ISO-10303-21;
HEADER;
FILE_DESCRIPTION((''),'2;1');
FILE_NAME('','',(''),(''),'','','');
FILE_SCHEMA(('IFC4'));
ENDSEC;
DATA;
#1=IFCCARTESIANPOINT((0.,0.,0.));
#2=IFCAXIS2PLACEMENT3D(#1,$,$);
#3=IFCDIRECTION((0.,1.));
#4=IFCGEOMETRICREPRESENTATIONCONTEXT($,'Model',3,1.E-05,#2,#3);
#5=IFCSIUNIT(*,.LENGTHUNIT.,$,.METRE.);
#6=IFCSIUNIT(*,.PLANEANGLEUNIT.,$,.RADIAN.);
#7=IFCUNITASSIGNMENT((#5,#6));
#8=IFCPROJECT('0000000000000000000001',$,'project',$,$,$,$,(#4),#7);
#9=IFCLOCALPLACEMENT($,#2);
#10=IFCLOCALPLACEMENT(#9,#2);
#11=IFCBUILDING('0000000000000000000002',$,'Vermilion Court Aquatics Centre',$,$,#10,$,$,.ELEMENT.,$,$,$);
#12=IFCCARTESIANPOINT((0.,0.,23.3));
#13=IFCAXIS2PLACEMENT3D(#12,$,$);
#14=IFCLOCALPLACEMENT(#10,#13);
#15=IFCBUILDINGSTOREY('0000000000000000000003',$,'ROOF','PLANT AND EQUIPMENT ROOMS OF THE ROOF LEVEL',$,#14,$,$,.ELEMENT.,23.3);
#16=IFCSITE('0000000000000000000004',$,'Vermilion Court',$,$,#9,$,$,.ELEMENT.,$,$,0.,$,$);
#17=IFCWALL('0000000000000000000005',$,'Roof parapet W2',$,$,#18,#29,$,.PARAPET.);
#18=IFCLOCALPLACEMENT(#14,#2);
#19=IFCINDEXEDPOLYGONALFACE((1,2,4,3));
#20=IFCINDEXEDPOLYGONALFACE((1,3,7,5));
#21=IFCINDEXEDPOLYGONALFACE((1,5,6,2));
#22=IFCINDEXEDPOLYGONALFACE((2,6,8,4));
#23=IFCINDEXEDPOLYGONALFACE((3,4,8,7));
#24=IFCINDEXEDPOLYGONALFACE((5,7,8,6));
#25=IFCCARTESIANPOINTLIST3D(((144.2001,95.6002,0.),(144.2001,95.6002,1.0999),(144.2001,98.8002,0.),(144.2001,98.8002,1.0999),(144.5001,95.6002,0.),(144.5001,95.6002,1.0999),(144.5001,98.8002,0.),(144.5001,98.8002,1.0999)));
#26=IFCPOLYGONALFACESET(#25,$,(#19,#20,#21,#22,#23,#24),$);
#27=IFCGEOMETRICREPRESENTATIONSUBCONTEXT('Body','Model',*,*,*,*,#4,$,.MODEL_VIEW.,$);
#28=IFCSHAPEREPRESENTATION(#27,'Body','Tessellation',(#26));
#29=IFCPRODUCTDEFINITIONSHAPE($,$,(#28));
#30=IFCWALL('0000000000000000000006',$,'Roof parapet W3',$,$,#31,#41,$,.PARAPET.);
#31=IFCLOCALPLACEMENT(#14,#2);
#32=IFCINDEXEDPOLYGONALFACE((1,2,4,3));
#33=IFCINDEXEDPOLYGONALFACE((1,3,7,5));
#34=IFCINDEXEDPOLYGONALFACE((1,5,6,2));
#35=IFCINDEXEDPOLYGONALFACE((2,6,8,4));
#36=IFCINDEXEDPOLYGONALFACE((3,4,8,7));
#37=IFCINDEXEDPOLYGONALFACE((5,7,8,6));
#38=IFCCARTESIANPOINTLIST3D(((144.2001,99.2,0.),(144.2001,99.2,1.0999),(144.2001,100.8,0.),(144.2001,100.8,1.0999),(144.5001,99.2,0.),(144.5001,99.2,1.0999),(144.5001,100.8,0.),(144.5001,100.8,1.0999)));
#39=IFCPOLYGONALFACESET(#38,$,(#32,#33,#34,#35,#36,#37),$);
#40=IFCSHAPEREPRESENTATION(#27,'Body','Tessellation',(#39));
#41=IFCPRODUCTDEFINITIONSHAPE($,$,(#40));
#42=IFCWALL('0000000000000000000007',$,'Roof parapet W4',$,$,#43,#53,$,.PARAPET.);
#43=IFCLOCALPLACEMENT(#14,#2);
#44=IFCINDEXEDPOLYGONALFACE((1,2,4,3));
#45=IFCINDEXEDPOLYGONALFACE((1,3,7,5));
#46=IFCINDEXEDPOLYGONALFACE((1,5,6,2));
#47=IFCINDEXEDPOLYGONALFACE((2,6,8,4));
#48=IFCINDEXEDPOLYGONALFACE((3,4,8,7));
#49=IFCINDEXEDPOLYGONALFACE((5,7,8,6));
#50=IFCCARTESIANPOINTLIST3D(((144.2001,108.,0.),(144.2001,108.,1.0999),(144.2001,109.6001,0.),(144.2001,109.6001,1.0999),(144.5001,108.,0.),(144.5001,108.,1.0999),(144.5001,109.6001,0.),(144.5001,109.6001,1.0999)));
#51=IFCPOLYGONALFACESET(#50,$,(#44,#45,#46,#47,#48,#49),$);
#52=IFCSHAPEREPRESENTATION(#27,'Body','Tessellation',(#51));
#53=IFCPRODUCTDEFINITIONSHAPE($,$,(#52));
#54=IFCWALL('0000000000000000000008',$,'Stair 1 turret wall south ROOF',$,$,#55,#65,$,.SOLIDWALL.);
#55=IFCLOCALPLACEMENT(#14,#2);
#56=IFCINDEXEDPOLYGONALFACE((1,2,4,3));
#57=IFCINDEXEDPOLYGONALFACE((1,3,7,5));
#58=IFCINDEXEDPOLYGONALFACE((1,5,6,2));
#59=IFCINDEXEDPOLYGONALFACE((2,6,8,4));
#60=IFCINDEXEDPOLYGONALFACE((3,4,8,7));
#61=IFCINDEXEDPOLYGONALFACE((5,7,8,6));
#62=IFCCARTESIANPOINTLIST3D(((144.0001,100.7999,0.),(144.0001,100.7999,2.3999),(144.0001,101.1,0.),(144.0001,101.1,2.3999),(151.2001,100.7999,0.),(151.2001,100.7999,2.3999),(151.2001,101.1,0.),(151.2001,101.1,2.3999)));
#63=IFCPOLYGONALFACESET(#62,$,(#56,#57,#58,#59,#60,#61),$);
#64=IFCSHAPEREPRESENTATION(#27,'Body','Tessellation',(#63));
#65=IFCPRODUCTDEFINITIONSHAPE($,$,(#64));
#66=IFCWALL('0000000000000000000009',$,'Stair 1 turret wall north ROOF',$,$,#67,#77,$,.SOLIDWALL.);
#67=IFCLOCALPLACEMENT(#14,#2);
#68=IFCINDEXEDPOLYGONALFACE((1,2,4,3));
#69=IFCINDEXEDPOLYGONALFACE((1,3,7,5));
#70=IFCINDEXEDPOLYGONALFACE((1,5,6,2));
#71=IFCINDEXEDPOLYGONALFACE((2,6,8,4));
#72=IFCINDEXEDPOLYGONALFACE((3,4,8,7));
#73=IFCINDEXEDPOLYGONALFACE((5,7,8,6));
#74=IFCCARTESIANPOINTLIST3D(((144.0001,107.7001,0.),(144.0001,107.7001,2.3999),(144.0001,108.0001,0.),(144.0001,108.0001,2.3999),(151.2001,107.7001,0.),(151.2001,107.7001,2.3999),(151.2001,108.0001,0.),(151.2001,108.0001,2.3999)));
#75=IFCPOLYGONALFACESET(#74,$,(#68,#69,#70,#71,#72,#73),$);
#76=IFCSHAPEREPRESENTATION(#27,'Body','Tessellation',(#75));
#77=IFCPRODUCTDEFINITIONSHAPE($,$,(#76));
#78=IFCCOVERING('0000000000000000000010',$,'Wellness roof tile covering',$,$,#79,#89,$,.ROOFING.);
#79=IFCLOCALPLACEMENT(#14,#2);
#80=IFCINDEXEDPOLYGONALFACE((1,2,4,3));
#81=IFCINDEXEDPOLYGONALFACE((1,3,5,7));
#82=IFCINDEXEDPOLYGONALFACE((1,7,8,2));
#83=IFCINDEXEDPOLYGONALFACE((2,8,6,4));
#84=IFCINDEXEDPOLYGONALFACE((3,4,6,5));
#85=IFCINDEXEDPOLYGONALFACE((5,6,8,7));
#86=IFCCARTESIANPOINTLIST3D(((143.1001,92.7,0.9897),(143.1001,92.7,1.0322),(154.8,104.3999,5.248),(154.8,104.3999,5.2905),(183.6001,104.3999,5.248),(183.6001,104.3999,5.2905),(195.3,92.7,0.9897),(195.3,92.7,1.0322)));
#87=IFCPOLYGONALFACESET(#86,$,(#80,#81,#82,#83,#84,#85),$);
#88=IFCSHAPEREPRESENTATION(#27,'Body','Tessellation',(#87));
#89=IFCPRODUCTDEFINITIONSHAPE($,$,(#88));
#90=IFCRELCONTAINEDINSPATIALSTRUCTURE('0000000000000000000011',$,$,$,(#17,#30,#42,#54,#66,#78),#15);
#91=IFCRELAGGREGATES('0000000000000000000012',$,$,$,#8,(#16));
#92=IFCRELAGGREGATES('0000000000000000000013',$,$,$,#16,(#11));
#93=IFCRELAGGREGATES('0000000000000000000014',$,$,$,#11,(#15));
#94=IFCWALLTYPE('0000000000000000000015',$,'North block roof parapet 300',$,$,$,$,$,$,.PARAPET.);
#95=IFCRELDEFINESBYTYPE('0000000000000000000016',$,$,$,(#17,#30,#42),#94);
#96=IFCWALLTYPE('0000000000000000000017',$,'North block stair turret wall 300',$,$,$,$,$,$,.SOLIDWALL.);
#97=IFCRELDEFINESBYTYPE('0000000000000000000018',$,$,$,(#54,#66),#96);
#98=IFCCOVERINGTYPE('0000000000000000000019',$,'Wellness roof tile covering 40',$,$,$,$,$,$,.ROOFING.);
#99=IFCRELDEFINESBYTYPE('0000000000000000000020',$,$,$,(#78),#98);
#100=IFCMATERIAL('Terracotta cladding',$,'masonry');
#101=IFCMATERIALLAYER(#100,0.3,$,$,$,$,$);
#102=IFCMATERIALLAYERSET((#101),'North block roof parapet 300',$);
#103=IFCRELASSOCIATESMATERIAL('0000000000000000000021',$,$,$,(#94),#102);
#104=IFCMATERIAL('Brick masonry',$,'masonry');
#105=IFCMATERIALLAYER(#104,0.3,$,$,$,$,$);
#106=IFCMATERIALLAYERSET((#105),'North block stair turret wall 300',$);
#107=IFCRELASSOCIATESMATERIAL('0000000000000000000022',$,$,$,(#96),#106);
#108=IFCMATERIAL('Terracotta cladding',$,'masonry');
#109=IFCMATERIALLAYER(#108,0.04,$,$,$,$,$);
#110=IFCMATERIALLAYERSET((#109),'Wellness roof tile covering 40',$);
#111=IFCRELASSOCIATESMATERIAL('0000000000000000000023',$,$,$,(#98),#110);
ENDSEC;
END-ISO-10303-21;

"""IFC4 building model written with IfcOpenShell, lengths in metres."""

from ifc_helpers import new_model, si_unit, direction, frame, frame_2d, origin, place, context, subcontext, project, spatial, polyline, rectangle, outline, extrude, material, layer, layer_set, type_object, element, save


model = new_model("IFC4")

# Units and contexts
model_context = context("Model", 3, precision=1e-05, world=origin(), true_north=direction((0.0, 1.0)))
body_context = subcontext(model_context, "Body", "Model", "MODEL_VIEW")
ifc_project = project(units=[si_unit("LENGTHUNIT", "METRE"), si_unit("PLANEANGLEUNIT", "RADIAN")], contexts=[model_context])

# Site, building, storey
site_placement = place(None, origin())
site = spatial("IfcSite", under=ifc_project, at=site_placement, Name="Vermilion Court", CompositionType="ELEMENT", RefElevation=0.0)
building_placement = place(site_placement, origin())
building = spatial("IfcBuilding", under=site, at=building_placement, Name="Vermilion Court Aquatics Centre", CompositionType="ELEMENT")
storey_placement = place(building_placement, frame((0.0, 0.0, 23.3)))
storey = spatial("IfcBuildingStorey", under=building, at=storey_placement, Name="ROOF", Description="PLANT AND EQUIPMENT ROOMS OF THE ROOF LEVEL", CompositionType="ELEMENT", Elevation=23.3)

# Walls
ifc_material_1 = material(Name="Terracotta cladding", Category="masonry")
ifc_layer_1 = layer(ifc_material_1, 0.3)
ifc_layer_set_1 = layer_set([ifc_layer_1], Name="North block roof parapet 300")
wall_type_1 = type_object("IfcWallType", Name="North block roof parapet 300", PredefinedType="PARAPET", material=ifc_layer_set_1)
wall_1_placement = place(storey_placement, frame((144.3501, 95.6001, 0.0), z_axis=(0.0, 0.0, 1.0), x_axis=(0.0, 1.0, 0.0)))
element("IfcWall", 1, at=wall_1_placement, inside=storey, type_object=wall_type_1, Name="Roof parapet W2", PredefinedType="PARAPET", context=body_context, shape_type="SweptSolid", body=[
    extrude(rectangle(XDim=3.2, YDim=0.3, at=frame_2d((1.6001, 0.0))), origin(), (0.0, 0.0, 1.0), 1.0999),
])
for number, where, z_axis, x_axis, name in (
    (2, (144.3501, 99.2, 0.0), (0.0, 0.0, 1.0), (0.0, 1.0, 0.0), "Roof parapet W3"),
    (3, (144.3501, 108.0, 0.0), (0.0, 0.0, 1.0), (0.0, 1.0, 0.0), "Roof parapet W4"),
):
    element("IfcWall", number, at=place(storey_placement, frame(where, z_axis=z_axis, x_axis=x_axis)), inside=storey, type_object=wall_type_1, Name=name, PredefinedType="PARAPET", context=body_context, shape_type="SweptSolid", body=[
        extrude(rectangle(XDim=1.6001, YDim=0.3, at=frame_2d((0.8, 0.0))), origin(), (0.0, 0.0, 1.0), 1.0999),
    ])
ifc_material_2 = material(Name="Brick masonry", Category="masonry")
ifc_layer_2 = layer(ifc_material_2, 0.3)
ifc_layer_set_2 = layer_set([ifc_layer_2], Name="North block stair turret wall 300")
wall_type_2 = type_object("IfcWallType", Name="North block stair turret wall 300", PredefinedType="SOLIDWALL", material=ifc_layer_set_2)
for number, where, z_axis, x_axis, name in (
    (4, (144.0, 100.95, 0.0), (0.0, 0.0, 1.0), (1.0, 0.0, 0.0), "Stair 1 turret wall south ROOF"),
    (5, (144.0, 107.8501, 0.0), (0.0, 0.0, 1.0), (1.0, 0.0, 0.0), "Stair 1 turret wall north ROOF"),
):
    element("IfcWall", number, at=place(storey_placement, frame(where, z_axis=z_axis, x_axis=x_axis)), inside=storey, type_object=wall_type_2, Name=name, PredefinedType="SOLIDWALL", context=body_context, shape_type="SweptSolid", body=[
        extrude(rectangle(XDim=7.2, YDim=0.3, at=frame_2d((3.6001, 0.0))), origin(), (0.0, 0.0, 1.0), 2.3999),
    ])

# Covering
ifc_material_3 = material(Name="Terracotta cladding", Category="masonry")
ifc_layer_3 = layer(ifc_material_3, 0.04)
ifc_layer_set_3 = layer_set([ifc_layer_3], Name="Wellness roof tile covering 40")
covering_type = type_object("IfcCoveringType", Name="Wellness roof tile covering 40", PredefinedType="ROOFING", material=ifc_layer_set_3)
covering_1_placement = place(storey_placement, frame((143.1001, 92.7, 1.0322), z_axis=(0.0, -0.342011, 0.939696), x_axis=(1.0, 0.0, 0.0)))
element("IfcCovering", 6, at=covering_1_placement, inside=storey, type_object=covering_type, Name="Wellness roof tile covering", PredefinedType="ROOFING", context=body_context, shape_type="SweptSolid", body=[
    extrude(outline(polyline([(0.0, 0.0), (52.2, 0.0), (40.5, 12.4508), (11.7, 12.4508), (0.0, 0.0)])), origin(), (0.0, -0.342011, -0.939696), 0.0425),
])

save(model, "model.ifc")
